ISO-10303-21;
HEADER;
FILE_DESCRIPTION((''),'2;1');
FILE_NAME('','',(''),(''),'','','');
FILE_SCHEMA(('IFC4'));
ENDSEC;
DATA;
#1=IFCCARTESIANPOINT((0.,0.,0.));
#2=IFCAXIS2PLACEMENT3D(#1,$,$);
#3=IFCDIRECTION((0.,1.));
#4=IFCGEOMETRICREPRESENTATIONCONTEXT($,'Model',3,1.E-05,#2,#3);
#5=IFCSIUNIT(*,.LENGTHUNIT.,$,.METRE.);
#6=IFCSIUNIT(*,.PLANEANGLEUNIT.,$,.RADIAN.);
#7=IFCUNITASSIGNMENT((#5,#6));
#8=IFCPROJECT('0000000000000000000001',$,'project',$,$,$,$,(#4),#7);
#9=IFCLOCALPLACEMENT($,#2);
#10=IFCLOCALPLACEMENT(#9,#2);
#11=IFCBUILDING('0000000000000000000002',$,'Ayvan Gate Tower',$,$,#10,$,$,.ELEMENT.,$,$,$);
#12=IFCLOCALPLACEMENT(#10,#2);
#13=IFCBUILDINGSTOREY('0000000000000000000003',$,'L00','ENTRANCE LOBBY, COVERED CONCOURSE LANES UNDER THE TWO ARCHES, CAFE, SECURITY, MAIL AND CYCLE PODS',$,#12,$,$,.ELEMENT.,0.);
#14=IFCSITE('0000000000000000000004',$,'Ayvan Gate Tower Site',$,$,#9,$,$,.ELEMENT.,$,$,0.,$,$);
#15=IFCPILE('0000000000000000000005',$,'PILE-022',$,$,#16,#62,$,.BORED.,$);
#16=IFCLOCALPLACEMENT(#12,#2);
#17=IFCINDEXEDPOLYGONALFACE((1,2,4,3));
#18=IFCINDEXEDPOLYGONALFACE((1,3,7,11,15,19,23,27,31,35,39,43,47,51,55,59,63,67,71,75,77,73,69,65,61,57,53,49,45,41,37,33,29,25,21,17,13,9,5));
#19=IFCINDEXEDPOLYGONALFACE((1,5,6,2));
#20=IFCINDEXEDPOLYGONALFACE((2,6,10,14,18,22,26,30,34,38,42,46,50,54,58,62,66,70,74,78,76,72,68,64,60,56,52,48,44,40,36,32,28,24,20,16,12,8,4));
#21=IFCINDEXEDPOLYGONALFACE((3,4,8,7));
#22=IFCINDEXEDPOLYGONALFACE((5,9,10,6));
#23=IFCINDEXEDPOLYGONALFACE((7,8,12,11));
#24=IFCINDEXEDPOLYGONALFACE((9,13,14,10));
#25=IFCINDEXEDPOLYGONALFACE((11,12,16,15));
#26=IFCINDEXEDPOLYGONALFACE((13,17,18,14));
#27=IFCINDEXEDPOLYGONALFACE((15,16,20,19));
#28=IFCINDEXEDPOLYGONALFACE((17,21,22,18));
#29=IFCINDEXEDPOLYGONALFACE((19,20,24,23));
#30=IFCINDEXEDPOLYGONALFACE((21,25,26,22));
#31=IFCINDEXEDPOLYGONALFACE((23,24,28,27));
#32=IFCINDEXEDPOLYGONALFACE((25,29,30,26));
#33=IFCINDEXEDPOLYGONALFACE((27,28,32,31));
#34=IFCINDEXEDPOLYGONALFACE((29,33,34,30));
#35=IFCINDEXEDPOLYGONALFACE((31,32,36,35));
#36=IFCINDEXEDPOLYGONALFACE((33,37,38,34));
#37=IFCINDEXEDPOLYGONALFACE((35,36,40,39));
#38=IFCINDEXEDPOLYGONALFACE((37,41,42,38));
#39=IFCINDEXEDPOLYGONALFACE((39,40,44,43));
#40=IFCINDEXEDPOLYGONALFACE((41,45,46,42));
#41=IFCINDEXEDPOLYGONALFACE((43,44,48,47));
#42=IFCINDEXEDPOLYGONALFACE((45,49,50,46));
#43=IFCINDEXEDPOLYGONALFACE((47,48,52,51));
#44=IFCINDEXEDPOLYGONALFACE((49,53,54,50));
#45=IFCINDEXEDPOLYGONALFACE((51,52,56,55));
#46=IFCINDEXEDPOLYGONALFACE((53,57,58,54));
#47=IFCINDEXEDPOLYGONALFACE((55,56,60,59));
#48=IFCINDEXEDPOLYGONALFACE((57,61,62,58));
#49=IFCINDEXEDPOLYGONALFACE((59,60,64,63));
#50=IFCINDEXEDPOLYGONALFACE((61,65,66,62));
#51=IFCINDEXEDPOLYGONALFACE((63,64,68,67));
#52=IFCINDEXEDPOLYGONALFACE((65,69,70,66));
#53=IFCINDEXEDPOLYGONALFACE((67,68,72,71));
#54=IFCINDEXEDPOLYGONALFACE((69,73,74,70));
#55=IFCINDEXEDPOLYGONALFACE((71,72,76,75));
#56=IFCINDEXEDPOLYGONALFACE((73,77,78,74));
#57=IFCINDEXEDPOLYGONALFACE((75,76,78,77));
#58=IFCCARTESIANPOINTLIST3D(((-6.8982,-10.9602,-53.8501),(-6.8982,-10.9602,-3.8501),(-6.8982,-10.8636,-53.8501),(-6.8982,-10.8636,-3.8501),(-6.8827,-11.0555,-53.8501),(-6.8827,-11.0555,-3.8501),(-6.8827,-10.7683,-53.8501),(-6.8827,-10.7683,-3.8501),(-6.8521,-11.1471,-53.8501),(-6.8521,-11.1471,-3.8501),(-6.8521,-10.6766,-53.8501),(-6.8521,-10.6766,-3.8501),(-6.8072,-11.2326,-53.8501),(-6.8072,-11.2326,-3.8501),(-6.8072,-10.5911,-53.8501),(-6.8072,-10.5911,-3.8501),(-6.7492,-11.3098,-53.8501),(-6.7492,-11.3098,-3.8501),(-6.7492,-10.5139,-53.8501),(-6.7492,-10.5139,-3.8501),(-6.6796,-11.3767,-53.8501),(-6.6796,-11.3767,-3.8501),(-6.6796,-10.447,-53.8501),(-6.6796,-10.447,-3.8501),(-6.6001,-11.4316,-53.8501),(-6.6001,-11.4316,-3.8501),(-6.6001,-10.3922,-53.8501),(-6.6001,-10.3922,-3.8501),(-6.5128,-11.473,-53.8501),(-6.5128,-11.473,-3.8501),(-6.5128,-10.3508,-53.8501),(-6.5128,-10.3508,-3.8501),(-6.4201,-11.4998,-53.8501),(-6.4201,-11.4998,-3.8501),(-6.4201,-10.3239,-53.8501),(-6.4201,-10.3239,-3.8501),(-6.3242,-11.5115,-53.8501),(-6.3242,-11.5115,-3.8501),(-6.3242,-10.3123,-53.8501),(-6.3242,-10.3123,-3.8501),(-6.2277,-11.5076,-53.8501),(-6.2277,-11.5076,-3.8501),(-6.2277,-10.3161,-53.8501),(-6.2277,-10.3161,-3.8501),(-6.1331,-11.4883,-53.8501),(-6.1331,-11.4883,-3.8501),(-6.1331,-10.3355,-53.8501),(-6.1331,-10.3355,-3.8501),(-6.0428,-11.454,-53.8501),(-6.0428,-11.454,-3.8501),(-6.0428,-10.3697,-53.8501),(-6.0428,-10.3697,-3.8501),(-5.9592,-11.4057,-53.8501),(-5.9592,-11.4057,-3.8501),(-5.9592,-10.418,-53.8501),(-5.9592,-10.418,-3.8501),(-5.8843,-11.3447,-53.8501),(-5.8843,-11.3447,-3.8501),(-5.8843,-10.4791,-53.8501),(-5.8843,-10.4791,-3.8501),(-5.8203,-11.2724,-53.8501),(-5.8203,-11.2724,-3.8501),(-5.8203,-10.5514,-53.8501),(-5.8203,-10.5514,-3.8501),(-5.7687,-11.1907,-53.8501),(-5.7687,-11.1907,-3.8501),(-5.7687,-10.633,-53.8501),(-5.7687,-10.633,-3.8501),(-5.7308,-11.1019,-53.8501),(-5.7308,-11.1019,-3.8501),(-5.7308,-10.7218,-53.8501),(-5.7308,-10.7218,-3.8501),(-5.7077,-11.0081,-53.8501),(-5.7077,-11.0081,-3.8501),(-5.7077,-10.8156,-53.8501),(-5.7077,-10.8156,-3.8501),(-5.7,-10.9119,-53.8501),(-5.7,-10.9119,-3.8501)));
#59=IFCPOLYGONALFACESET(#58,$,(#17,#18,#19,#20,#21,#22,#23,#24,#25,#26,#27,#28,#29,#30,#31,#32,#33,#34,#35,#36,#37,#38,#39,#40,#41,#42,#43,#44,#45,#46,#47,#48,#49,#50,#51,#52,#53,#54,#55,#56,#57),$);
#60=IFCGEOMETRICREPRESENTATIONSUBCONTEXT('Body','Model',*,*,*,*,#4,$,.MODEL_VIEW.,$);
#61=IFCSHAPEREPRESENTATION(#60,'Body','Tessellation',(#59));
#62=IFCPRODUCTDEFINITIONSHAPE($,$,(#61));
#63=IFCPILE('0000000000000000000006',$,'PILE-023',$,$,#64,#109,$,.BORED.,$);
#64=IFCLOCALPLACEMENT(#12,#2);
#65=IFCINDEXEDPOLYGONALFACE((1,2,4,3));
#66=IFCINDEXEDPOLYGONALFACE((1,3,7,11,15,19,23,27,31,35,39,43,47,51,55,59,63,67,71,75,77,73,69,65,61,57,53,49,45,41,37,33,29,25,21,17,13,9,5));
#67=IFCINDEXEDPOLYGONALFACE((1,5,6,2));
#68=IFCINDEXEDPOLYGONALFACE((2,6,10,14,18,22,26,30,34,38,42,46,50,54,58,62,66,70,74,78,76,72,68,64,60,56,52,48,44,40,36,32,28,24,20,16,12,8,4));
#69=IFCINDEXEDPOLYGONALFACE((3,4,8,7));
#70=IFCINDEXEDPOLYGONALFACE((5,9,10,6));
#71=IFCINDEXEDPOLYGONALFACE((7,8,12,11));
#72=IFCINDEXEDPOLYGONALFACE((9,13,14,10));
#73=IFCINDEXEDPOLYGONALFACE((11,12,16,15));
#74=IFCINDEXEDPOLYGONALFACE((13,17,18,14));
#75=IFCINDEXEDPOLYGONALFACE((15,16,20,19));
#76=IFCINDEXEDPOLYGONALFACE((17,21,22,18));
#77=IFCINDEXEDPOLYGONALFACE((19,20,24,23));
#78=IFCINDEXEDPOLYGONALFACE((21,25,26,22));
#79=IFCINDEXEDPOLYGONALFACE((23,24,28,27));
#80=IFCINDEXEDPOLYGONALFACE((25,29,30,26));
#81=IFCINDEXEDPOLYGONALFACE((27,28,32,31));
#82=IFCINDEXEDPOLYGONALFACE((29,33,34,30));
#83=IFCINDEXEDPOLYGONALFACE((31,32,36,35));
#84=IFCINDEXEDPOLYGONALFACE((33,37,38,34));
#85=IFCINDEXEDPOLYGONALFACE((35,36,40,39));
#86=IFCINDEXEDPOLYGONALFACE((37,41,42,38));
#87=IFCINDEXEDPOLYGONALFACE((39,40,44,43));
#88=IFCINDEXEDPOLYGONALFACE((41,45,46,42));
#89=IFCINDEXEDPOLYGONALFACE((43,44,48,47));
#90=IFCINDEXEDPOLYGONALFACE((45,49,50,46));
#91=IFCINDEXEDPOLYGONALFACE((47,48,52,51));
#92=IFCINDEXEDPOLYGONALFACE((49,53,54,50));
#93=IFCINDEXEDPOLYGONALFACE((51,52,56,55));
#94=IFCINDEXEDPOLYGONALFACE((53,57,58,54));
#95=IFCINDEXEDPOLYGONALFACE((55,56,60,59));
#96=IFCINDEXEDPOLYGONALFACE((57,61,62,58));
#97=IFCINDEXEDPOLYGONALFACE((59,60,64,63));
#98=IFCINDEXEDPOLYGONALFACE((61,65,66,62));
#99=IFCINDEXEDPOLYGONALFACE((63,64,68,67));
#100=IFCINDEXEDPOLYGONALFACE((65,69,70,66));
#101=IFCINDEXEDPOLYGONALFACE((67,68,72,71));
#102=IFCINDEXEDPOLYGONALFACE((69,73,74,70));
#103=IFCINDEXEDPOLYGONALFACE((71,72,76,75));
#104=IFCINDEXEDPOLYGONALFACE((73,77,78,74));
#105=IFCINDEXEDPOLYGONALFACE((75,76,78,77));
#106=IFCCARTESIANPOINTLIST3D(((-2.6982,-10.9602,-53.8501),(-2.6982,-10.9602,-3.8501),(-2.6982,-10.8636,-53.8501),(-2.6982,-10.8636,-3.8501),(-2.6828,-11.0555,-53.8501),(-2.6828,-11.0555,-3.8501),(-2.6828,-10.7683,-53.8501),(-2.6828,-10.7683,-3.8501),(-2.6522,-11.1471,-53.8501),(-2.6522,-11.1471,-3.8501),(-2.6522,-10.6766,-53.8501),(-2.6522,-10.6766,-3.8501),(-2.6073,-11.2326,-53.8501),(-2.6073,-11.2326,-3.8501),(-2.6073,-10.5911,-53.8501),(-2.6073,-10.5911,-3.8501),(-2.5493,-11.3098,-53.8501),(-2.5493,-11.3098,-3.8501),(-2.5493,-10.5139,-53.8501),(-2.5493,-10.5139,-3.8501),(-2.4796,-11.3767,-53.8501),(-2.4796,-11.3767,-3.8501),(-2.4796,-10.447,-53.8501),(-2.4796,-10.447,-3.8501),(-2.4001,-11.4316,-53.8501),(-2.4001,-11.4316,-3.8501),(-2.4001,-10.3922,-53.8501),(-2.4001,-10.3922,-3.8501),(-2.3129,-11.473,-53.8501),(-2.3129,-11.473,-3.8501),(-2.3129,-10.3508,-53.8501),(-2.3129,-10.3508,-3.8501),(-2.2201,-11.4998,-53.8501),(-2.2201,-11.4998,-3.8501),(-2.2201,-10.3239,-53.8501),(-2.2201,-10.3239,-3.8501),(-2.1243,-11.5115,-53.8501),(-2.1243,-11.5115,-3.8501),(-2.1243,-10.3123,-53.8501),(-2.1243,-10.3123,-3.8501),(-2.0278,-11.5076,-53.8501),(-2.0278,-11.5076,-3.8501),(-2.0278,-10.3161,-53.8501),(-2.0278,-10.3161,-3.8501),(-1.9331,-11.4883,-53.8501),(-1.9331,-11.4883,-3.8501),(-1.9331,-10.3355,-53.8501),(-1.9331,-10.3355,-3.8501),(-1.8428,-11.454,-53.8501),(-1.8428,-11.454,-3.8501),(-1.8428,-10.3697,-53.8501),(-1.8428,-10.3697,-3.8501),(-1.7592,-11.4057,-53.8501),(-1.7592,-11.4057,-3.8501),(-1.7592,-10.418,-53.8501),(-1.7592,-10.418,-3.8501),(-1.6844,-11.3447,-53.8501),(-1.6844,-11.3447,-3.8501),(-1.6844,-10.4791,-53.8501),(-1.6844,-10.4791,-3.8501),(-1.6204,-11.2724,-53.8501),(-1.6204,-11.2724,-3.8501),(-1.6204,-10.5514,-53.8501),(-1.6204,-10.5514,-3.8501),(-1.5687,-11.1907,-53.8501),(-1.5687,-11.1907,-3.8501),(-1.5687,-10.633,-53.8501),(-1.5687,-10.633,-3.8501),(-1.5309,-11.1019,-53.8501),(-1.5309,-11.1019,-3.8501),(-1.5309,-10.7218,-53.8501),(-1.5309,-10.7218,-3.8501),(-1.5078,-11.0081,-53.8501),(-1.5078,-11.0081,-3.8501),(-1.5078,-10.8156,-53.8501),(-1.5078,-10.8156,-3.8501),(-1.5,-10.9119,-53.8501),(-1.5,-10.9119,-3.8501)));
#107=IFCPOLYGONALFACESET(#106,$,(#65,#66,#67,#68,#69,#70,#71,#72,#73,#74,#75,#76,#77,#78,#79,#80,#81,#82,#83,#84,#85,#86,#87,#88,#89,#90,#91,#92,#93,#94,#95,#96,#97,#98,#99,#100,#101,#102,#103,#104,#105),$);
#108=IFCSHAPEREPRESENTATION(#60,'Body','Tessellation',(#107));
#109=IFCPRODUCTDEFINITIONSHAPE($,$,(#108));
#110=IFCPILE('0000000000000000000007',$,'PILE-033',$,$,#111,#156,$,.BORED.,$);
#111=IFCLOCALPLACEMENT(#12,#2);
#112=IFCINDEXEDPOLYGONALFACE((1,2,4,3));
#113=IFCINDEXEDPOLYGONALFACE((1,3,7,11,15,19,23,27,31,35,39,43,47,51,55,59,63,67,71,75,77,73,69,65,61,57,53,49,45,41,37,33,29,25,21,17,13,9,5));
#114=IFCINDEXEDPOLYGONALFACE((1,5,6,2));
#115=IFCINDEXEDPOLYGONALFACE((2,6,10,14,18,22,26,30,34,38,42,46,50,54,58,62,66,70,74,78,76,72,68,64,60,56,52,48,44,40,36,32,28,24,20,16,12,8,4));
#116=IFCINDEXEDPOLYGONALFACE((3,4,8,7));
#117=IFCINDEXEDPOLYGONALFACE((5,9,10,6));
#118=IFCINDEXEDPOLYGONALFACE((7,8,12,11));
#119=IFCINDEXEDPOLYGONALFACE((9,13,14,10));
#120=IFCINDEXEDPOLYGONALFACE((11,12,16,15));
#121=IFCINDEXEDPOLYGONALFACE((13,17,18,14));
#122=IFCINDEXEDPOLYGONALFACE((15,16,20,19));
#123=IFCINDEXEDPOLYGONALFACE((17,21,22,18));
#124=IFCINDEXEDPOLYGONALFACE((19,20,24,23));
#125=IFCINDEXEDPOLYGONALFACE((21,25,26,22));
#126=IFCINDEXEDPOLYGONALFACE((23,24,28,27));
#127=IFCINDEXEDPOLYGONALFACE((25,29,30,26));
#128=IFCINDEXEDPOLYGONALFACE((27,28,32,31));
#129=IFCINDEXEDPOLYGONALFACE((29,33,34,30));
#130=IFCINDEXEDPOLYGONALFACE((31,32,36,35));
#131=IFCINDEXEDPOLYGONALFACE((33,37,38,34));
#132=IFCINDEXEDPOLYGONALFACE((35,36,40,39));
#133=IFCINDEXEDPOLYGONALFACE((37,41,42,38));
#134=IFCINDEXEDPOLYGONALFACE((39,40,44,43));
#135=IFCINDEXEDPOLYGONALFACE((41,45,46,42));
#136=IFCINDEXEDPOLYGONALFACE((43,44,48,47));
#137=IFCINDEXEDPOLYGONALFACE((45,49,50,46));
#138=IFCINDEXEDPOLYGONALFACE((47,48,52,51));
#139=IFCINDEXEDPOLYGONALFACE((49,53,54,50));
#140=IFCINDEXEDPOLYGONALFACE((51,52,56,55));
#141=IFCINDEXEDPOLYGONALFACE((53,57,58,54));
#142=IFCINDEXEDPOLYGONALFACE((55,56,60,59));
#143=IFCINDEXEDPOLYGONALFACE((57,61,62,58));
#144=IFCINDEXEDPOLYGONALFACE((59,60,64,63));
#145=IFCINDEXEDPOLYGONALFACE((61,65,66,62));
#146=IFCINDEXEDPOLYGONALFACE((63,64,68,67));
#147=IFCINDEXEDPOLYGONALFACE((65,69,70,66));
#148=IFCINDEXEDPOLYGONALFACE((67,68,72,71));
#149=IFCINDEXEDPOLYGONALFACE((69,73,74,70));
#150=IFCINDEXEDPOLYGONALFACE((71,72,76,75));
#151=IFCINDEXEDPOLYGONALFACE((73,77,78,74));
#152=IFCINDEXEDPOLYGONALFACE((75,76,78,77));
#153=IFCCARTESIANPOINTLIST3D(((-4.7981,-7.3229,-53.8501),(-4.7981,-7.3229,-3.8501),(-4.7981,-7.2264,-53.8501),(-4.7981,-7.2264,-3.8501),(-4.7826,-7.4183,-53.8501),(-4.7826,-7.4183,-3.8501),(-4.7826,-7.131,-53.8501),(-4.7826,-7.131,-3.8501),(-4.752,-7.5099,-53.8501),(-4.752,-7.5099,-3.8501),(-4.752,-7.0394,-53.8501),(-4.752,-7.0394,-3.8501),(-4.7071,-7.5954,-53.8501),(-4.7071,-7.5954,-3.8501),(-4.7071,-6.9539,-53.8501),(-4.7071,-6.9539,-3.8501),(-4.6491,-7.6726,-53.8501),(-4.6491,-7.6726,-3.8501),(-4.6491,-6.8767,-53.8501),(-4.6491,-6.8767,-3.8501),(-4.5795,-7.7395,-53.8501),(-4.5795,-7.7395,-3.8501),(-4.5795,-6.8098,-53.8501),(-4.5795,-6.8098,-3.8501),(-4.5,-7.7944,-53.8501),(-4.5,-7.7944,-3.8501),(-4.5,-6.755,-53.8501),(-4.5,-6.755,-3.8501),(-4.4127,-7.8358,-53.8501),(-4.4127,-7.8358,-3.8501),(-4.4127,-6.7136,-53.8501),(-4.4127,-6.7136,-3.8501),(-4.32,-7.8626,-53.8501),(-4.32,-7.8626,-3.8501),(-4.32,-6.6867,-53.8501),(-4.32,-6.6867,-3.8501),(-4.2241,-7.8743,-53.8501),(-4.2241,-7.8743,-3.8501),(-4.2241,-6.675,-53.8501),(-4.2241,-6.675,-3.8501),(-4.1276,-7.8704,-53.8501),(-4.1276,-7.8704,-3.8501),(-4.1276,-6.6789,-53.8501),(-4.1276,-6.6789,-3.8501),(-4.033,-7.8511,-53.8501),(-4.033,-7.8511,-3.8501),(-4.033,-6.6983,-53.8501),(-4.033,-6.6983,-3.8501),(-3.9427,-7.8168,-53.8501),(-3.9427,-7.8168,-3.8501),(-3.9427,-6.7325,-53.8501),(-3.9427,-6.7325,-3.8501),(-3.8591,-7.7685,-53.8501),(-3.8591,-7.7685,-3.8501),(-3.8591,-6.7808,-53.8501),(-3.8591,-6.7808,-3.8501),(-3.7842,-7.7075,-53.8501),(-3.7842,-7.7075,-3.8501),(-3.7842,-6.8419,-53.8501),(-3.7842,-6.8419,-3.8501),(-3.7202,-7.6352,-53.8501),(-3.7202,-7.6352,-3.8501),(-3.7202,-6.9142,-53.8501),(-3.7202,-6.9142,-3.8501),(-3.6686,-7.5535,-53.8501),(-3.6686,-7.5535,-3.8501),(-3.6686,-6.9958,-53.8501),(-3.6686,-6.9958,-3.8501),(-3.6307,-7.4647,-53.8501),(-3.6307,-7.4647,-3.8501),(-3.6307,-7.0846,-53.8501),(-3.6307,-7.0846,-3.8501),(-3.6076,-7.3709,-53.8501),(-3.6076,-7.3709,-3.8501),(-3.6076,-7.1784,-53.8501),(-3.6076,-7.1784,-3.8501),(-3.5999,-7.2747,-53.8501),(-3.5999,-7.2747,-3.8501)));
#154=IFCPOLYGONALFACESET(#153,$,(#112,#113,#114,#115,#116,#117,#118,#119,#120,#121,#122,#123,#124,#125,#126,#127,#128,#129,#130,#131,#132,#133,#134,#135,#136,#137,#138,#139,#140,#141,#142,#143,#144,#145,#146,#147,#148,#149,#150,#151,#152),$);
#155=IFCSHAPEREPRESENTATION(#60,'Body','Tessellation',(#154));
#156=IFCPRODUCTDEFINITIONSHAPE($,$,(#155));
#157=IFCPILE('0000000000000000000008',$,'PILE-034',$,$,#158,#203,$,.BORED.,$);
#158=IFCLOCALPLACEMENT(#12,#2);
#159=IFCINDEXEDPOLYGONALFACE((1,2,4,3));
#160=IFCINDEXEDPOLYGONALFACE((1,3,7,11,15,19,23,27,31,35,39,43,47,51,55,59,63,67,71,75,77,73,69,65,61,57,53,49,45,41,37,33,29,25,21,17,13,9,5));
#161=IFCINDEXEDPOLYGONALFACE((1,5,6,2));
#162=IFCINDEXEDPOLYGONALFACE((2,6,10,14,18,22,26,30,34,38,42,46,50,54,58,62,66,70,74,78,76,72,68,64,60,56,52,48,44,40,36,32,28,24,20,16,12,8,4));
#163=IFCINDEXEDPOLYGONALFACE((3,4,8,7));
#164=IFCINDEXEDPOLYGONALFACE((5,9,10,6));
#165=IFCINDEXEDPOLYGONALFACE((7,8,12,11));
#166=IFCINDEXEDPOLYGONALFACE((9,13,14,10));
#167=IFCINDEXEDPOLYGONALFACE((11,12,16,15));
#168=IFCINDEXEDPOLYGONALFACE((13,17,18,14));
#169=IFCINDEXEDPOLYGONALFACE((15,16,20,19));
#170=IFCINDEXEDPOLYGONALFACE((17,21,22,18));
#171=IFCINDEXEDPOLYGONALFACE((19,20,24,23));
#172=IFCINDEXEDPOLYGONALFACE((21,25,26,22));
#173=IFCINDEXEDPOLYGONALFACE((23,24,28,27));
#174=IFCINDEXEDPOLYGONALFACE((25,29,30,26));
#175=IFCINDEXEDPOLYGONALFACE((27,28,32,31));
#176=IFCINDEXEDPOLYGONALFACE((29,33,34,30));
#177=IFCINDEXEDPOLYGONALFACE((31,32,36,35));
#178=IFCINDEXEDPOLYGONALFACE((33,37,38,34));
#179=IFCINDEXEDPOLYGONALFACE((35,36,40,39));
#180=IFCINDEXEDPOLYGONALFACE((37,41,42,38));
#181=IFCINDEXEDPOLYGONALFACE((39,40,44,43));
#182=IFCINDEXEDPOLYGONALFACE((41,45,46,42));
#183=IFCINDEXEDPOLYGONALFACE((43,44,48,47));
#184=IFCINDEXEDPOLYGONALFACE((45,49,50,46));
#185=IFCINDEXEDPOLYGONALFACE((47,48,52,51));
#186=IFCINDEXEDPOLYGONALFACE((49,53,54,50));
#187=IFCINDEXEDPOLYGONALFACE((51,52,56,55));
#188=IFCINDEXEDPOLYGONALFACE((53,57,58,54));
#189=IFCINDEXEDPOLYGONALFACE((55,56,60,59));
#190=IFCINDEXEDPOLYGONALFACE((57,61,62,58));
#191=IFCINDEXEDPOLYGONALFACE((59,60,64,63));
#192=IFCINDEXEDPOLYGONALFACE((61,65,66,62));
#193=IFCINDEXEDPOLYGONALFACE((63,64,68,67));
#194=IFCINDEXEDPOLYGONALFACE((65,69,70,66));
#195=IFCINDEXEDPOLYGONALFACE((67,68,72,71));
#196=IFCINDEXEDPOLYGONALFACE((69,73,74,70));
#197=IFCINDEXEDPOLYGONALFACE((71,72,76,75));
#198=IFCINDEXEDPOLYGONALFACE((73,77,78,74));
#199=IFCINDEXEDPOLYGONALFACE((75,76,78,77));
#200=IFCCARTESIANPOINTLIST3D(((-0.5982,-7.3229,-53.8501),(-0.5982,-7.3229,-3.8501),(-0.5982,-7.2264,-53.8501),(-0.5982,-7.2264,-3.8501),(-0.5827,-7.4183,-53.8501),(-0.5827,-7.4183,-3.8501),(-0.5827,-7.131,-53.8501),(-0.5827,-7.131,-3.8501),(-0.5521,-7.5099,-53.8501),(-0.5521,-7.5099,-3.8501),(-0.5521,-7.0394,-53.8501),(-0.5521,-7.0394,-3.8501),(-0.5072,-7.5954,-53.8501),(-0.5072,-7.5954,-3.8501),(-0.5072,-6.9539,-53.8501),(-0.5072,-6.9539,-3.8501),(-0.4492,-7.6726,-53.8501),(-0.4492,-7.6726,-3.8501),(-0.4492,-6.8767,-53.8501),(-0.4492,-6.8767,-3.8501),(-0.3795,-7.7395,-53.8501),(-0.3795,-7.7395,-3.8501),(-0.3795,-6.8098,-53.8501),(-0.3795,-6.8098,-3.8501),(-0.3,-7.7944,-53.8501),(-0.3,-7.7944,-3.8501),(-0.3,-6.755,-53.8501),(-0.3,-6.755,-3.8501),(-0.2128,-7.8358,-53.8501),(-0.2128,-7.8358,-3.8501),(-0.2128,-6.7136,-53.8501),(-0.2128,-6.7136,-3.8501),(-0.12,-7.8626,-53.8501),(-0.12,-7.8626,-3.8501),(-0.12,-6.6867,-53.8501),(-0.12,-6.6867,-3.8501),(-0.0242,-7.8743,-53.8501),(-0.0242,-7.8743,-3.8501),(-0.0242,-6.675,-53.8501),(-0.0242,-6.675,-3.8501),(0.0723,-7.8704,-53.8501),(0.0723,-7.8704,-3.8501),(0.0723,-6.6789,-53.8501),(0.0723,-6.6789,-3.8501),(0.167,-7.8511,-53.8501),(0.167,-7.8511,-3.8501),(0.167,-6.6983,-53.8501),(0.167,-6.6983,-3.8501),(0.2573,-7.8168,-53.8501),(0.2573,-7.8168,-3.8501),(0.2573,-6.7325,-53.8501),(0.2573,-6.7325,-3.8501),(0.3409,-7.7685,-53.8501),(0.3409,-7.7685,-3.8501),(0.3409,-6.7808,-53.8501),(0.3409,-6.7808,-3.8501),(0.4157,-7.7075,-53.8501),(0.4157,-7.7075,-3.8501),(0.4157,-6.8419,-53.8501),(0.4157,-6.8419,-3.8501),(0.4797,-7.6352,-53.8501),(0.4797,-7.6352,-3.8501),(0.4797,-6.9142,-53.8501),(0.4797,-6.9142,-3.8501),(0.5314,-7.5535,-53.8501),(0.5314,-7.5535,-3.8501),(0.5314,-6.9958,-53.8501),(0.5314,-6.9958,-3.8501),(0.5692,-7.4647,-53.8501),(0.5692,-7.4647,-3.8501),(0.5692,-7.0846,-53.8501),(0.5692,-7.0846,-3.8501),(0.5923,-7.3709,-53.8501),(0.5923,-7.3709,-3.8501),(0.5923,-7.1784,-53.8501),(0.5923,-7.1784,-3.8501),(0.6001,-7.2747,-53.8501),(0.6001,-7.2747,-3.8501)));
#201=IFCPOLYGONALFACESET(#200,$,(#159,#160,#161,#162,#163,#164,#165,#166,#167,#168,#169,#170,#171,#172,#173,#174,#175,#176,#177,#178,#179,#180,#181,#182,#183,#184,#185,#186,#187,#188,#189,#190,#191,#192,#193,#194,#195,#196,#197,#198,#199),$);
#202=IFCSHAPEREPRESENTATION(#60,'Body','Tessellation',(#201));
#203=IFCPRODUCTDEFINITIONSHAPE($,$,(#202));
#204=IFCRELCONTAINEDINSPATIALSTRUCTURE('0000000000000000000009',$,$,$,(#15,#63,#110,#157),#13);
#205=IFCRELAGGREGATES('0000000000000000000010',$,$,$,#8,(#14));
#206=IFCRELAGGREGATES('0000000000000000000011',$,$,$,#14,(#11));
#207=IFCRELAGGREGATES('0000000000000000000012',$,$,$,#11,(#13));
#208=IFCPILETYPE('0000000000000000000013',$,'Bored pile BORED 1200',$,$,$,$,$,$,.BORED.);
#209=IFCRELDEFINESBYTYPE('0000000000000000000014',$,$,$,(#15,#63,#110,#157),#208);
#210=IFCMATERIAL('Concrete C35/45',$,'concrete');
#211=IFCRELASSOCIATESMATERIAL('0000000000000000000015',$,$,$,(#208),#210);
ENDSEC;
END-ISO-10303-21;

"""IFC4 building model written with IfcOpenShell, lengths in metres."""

from ifc_helpers import new_model, si_unit, direction, frame, origin, origin_2d, place, context, subcontext, project, spatial, circle, extrude, material, material_profile, profile_set, type_object, element, save


model = new_model("IFC4")

# Units and contexts
model_context = context("Model", 3, precision=1e-05, world=origin(), true_north=direction((0.0, 1.0)))
body_context = subcontext(model_context, "Body", "Model", "MODEL_VIEW")
ifc_project = project(units=[si_unit("LENGTHUNIT", "METRE"), si_unit("PLANEANGLEUNIT", "RADIAN")], contexts=[model_context])

# Site, building, storey
site_placement = place(None, origin())
site = spatial("IfcSite", under=ifc_project, at=site_placement, Name="Ayvan Gate Tower Site", CompositionType="ELEMENT", RefElevation=0.0)
building_placement = place(site_placement, origin())
building = spatial("IfcBuilding", under=site, at=building_placement, Name="Ayvan Gate Tower", CompositionType="ELEMENT")
storey_placement = place(building_placement, origin())
storey = spatial("IfcBuildingStorey", under=building, at=storey_placement, Name="L00", Description="ENTRANCE LOBBY, COVERED CONCOURSE LANES UNDER THE TWO ARCHES, CAFE, SECURITY, MAIL AND CYCLE PODS", CompositionType="ELEMENT", Elevation=0.0)

# Piles
ifc_material_1 = material(Name="Concrete C35/45", Category="concrete")
ifc_material_profile = material_profile(ifc_material_1, circle(Radius=0.6001, at=origin_2d()), Name="BORED 1200")
ifc_profile_set = profile_set([ifc_material_profile], Name="Concrete C35/45")
pile_type = type_object("IfcPileType", Name="Bored pile BORED 1200", PredefinedType="BORED", material=ifc_profile_set)
for number, where, z_axis, x_axis, name in (
    (1, (-6.3, -10.9119, -3.8501), (0.0, 0.0, -1.0), (1.0, 0.0, 0.0), "PILE-022"),
    (2, (-2.1001, -10.9119, -3.8501), (0.0, 0.0, -1.0), (1.0, 0.0, 0.0), "PILE-023"),
    (3, (-4.2, -7.2747, -3.8501), (0.0, 0.0, -1.0), (1.0, 0.0, 0.0), "PILE-033"),
    (4, (0.0, -7.2747, -3.8501), (0.0, 0.0, -1.0), (1.0, 0.0, 0.0), "PILE-034"),
):
    element("IfcPile", number, at=place(storey_placement, frame(where, z_axis=z_axis, x_axis=x_axis)), inside=storey, type_object=pile_type, Name=name, PredefinedType="BORED", context=body_context, shape_type="SweptSolid", body=[
        extrude(circle(Radius=0.6001, at=origin_2d()), origin(), (0.0, 0.0, 1.0), 50.0),
    ])

save(model, "model.ifc")
